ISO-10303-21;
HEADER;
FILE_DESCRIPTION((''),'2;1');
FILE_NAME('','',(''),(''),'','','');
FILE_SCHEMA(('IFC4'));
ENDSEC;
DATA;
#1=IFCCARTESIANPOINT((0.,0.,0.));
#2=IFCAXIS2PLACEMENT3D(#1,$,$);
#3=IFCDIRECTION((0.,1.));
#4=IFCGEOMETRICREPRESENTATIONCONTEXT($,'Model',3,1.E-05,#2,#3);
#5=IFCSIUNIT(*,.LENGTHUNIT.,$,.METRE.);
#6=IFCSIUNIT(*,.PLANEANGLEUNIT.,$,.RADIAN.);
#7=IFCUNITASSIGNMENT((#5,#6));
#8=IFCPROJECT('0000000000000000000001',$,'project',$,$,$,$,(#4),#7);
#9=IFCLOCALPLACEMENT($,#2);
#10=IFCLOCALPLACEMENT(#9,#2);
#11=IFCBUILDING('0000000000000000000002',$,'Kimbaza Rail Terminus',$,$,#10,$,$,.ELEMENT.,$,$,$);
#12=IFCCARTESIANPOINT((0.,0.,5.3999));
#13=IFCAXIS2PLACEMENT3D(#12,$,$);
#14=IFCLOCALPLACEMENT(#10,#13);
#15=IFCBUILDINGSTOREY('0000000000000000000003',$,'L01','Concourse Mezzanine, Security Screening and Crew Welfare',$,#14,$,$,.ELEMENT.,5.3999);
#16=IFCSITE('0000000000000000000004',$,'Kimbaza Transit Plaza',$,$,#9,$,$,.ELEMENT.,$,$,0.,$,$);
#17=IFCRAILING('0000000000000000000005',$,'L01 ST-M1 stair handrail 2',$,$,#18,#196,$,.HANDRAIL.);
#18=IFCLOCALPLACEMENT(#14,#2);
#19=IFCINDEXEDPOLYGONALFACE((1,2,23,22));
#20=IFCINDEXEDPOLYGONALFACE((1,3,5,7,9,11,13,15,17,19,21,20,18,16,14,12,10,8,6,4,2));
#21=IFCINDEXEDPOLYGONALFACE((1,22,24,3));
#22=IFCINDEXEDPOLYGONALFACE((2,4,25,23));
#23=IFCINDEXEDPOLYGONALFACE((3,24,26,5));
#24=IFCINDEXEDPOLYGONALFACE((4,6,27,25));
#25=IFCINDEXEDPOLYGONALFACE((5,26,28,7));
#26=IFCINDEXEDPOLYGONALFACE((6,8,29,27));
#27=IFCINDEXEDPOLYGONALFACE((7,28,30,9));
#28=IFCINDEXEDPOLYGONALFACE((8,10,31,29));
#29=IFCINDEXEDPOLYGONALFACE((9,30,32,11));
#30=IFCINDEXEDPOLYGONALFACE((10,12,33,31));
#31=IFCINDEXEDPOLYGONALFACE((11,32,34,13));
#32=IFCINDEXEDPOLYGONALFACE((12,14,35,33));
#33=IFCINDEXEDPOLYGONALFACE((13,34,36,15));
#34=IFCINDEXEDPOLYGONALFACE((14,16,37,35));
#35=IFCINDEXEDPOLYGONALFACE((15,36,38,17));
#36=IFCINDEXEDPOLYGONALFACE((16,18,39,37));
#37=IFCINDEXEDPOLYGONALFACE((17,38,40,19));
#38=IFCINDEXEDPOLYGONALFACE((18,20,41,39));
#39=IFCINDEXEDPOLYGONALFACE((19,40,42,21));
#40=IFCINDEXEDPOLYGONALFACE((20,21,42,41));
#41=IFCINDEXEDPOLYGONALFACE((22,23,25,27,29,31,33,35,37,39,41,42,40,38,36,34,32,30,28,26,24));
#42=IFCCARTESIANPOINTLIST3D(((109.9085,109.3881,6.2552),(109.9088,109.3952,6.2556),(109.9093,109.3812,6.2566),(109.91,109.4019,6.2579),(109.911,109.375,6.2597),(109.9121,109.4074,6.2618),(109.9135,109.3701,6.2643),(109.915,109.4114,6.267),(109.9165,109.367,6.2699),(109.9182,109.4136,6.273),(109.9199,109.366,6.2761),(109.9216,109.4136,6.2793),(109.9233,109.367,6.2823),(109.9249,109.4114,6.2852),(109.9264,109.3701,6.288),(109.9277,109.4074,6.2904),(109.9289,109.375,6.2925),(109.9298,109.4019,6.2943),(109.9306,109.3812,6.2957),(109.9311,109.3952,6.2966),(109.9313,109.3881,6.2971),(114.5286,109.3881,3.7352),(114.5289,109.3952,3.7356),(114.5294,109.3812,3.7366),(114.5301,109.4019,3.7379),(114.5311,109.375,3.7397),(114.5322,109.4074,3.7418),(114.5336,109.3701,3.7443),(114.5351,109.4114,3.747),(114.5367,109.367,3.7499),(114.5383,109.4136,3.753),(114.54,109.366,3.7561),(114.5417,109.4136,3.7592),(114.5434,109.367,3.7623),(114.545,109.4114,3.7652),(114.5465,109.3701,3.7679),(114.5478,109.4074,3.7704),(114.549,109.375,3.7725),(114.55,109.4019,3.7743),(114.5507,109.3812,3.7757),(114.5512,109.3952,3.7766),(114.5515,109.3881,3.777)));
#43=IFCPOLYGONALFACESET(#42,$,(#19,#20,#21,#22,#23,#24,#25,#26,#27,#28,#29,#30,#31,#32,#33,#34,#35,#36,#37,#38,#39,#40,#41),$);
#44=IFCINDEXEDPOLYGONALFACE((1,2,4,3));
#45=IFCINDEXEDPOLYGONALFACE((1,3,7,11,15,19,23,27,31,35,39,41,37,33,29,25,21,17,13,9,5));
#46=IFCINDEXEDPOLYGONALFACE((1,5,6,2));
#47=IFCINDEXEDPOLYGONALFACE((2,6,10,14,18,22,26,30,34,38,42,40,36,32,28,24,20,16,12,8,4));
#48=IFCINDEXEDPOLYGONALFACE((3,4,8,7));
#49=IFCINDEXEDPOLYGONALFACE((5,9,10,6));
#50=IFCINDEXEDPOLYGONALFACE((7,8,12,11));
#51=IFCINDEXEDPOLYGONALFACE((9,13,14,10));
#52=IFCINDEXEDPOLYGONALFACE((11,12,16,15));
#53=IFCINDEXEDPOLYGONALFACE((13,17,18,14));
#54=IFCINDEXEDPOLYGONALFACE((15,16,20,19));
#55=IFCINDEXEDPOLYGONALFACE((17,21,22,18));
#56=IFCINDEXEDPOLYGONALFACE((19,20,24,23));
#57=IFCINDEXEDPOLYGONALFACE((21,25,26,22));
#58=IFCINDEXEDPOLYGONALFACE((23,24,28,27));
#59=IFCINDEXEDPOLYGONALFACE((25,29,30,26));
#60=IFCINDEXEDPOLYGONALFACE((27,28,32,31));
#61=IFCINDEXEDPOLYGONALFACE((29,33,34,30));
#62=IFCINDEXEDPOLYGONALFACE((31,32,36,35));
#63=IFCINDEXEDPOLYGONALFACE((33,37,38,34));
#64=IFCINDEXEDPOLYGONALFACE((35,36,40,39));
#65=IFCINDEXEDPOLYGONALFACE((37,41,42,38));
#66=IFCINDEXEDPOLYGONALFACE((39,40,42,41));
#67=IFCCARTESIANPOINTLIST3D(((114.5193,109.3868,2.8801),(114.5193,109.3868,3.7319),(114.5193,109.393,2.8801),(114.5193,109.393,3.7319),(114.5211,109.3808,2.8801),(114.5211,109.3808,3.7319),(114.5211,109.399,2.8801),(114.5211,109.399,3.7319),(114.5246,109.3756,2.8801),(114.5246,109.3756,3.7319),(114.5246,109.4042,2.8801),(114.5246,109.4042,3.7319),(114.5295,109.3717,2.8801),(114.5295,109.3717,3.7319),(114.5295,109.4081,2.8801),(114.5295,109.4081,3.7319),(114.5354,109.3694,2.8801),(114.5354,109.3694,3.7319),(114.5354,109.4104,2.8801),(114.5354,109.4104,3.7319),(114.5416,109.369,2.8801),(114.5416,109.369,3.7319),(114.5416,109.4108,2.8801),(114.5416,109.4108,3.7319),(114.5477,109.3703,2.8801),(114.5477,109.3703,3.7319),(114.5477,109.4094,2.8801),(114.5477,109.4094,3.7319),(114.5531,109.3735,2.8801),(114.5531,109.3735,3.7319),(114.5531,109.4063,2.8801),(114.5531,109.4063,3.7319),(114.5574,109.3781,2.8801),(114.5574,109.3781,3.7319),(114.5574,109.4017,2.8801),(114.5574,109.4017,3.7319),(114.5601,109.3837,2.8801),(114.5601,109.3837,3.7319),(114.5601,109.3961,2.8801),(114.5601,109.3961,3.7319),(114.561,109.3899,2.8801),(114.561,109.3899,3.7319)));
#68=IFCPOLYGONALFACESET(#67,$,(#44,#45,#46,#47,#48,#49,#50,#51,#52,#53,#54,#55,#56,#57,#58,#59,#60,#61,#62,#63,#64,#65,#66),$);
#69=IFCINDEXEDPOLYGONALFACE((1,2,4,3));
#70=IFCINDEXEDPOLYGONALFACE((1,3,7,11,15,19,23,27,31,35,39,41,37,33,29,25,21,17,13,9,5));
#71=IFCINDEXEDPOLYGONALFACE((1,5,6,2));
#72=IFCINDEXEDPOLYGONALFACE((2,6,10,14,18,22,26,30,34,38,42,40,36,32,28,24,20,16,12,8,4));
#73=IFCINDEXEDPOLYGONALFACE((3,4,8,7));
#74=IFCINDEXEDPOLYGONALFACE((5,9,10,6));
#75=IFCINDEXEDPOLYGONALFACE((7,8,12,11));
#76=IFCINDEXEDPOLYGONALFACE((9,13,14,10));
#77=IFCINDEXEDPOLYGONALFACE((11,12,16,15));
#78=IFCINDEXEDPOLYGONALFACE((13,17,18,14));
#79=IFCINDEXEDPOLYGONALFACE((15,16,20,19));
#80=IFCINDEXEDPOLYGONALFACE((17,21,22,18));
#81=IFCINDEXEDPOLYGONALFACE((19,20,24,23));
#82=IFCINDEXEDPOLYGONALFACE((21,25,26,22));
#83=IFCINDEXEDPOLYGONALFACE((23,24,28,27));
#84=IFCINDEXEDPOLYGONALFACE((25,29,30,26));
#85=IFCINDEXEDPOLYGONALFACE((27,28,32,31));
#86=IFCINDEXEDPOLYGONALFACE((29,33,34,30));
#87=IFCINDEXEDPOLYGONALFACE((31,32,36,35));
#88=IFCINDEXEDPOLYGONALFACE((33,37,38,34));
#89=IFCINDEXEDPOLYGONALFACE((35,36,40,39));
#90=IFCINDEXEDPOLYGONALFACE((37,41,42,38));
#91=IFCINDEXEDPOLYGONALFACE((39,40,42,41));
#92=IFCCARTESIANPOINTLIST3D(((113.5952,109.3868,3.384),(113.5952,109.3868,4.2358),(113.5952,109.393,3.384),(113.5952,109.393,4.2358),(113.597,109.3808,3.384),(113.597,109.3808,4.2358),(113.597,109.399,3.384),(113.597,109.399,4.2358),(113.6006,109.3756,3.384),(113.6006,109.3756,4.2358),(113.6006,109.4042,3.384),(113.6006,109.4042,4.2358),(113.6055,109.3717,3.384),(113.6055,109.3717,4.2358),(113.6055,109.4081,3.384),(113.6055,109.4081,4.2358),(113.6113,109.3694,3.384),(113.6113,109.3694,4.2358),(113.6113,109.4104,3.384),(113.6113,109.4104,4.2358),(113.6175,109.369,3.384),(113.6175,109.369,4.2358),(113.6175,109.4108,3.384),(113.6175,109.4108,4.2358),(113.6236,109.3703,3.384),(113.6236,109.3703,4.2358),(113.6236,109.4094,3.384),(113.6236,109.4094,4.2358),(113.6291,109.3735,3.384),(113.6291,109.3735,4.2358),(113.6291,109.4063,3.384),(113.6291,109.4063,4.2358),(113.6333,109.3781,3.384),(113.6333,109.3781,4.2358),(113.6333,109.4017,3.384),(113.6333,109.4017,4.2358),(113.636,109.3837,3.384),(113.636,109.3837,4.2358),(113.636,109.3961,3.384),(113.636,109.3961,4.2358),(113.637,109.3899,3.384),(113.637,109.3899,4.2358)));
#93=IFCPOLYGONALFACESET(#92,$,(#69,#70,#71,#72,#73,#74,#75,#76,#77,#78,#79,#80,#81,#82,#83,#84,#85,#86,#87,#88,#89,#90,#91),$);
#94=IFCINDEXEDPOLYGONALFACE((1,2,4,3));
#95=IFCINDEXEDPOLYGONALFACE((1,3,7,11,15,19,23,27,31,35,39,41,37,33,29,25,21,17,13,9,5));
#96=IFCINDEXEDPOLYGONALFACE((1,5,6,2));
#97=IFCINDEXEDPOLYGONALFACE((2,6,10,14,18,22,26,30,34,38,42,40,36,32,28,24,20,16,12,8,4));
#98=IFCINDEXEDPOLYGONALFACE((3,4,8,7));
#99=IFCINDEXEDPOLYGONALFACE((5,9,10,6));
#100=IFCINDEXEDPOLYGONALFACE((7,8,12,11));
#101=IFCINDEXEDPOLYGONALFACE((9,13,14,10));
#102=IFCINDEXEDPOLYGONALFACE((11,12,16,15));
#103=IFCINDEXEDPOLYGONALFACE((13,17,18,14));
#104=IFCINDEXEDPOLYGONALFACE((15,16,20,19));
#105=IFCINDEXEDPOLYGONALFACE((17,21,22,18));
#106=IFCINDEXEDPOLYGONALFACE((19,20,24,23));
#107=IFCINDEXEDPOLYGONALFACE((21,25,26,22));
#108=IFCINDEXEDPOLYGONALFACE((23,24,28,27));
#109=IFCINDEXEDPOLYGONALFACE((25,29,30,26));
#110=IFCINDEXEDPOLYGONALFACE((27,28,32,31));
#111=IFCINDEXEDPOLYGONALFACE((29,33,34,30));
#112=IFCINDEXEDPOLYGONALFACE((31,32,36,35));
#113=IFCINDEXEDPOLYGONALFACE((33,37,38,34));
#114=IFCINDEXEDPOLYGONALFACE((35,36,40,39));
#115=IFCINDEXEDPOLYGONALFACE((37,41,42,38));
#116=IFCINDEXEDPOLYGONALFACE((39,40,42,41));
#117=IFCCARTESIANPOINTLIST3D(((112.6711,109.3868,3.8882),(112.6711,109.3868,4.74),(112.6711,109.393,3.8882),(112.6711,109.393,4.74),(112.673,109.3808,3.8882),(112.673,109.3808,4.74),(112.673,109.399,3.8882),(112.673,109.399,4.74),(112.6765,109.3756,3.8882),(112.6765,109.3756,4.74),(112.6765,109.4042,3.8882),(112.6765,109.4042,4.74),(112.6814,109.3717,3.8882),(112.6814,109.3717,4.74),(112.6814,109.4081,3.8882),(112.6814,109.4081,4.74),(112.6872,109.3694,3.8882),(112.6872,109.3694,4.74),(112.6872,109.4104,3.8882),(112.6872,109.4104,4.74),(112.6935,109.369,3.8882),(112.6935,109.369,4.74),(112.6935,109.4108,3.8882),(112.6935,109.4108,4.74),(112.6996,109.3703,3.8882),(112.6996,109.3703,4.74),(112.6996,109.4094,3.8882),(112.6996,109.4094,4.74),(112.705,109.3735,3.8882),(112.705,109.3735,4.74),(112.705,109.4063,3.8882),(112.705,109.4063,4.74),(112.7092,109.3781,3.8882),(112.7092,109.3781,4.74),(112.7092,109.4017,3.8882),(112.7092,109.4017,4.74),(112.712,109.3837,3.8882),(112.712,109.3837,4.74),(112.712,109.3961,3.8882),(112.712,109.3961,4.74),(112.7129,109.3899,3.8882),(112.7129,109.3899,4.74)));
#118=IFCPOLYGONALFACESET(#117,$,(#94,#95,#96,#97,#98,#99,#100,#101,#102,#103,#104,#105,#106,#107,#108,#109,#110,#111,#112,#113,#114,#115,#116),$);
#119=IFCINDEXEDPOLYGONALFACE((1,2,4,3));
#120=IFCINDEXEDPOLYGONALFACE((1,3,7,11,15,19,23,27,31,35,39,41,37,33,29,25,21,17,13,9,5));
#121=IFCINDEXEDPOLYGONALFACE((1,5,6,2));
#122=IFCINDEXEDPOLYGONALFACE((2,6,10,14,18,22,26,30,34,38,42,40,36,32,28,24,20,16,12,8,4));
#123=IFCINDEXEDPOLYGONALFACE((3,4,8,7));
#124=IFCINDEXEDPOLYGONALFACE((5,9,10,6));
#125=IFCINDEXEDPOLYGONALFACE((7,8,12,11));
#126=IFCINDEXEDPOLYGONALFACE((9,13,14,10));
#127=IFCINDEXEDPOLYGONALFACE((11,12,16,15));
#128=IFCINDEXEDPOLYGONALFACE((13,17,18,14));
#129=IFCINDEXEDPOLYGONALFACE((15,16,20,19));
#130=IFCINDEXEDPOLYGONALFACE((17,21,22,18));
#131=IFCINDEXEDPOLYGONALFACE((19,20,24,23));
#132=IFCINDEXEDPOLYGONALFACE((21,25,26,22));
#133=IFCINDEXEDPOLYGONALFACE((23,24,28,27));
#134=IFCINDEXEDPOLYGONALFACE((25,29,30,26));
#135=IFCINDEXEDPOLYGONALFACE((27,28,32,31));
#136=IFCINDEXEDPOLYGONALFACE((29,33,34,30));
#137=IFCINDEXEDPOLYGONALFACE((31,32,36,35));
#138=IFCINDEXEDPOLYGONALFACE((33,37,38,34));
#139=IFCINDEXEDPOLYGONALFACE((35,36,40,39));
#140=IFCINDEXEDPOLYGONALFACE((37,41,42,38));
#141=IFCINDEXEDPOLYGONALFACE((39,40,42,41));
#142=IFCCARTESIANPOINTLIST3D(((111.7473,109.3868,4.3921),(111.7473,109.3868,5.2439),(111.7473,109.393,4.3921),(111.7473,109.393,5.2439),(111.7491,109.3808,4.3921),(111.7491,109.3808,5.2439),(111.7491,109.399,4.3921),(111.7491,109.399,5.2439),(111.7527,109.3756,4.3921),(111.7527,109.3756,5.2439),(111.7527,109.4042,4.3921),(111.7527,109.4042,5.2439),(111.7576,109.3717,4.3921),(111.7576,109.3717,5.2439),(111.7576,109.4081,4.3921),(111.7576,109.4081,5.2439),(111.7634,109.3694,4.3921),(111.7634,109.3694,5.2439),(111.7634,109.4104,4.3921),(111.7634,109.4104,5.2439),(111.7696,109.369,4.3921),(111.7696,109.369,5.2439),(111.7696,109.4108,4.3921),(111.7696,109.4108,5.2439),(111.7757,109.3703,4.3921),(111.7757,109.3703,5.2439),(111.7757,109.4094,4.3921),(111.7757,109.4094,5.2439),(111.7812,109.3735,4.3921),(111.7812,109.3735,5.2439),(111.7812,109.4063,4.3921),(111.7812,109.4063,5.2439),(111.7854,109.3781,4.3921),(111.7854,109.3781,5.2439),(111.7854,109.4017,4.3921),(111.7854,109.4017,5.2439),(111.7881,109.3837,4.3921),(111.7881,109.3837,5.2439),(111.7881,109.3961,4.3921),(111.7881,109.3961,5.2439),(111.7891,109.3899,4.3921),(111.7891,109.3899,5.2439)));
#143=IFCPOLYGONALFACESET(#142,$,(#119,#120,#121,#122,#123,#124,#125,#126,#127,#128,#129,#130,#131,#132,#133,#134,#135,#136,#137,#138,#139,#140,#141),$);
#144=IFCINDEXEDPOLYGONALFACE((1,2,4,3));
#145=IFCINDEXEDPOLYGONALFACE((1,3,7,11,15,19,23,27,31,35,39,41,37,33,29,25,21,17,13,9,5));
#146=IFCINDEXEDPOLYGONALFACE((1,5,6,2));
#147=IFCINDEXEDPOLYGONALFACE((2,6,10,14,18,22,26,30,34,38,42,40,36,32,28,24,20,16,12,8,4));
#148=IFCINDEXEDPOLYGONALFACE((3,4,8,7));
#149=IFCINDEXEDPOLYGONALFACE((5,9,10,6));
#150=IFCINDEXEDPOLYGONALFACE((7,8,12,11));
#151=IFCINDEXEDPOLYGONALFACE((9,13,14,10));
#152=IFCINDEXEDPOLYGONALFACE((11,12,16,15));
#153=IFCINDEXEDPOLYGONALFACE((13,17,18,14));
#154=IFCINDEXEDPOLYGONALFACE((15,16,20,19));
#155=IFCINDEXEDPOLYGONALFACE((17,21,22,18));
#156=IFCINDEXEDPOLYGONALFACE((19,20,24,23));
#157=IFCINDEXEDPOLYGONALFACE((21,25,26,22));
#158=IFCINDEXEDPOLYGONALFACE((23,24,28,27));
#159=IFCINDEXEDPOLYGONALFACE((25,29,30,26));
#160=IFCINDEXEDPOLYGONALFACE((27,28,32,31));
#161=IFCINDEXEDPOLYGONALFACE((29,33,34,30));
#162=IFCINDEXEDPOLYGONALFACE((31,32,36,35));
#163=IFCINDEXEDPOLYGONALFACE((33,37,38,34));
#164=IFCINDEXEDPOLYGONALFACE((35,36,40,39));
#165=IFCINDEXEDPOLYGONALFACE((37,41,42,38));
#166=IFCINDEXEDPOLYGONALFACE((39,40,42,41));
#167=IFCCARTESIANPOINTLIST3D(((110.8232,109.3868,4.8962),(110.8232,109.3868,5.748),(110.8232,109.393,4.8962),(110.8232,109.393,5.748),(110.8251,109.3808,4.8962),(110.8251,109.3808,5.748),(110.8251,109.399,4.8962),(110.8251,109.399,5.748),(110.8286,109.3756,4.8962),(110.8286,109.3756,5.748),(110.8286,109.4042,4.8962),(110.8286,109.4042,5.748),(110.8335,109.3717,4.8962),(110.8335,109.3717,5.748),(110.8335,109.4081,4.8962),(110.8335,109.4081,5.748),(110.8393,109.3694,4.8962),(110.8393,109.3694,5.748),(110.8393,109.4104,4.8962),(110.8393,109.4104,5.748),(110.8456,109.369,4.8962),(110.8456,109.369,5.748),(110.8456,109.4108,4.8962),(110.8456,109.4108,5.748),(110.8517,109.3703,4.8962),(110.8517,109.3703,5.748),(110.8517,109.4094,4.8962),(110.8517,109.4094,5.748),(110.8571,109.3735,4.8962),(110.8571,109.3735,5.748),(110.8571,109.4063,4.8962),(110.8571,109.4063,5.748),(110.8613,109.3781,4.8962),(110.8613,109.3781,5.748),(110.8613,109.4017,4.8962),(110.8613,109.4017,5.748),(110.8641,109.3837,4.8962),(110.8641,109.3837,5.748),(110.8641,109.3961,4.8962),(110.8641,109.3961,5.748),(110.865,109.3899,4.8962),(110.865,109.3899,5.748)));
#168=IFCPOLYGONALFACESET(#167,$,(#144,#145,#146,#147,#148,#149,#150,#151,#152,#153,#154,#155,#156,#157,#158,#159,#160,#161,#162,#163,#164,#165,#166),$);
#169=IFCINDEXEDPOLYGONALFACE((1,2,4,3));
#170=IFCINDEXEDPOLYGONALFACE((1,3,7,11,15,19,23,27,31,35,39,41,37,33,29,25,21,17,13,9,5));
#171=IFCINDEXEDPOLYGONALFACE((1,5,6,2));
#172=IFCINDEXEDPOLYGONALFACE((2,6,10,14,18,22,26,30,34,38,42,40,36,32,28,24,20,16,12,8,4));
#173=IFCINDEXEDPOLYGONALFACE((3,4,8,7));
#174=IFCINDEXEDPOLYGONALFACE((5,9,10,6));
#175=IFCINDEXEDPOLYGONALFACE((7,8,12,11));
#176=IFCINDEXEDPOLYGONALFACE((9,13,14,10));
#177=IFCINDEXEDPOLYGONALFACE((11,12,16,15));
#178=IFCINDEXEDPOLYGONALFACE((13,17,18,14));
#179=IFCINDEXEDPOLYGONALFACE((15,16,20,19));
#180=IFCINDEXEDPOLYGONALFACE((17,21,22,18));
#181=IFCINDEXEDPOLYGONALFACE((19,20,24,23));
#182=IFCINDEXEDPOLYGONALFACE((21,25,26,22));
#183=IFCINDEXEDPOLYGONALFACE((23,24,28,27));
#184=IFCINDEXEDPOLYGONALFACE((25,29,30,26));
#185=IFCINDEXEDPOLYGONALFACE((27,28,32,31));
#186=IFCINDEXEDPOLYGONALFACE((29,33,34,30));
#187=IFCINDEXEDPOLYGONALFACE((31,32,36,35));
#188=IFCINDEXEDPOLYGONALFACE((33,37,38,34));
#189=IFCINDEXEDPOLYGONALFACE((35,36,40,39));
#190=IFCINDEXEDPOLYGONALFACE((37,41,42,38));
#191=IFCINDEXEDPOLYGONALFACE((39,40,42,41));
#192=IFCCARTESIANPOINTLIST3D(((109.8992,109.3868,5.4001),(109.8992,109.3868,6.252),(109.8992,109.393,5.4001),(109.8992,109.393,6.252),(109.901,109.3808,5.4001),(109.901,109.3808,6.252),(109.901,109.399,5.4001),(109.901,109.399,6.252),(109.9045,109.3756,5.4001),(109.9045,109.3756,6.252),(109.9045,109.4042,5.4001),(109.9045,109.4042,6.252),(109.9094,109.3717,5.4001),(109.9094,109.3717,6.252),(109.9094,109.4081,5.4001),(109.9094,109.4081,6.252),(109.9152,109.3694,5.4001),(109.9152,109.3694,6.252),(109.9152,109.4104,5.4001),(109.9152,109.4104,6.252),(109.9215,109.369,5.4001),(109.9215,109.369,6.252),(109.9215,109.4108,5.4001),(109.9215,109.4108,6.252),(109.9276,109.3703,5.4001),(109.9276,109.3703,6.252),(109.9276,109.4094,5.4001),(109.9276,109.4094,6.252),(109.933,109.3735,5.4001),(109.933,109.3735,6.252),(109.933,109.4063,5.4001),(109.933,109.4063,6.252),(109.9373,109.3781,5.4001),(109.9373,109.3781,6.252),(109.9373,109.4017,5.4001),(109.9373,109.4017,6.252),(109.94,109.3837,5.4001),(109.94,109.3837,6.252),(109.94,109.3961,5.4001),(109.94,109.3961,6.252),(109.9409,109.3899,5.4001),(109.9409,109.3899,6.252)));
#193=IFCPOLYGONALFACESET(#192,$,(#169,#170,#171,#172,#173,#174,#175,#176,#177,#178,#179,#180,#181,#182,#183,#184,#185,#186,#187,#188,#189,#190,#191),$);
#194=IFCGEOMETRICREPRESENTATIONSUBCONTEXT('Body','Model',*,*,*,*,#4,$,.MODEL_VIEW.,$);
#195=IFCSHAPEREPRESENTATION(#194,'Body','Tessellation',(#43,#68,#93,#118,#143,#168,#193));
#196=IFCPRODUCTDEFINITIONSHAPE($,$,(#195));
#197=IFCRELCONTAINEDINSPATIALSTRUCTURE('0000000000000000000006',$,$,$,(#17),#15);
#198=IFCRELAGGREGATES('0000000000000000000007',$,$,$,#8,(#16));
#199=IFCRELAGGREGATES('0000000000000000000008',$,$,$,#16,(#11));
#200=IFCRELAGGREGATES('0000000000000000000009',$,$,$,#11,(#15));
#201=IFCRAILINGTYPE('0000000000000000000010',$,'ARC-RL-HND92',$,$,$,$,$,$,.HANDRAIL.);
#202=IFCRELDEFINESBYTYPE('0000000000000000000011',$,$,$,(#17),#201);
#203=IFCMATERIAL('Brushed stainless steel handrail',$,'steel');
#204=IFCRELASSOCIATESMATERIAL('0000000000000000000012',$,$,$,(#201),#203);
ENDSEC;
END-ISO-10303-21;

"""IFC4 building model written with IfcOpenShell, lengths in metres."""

from ifc_helpers import new_model, si_unit, direction, frame, origin, origin_2d, place, context, subcontext, project, spatial, circle, extrude, material, type_object, element, save


model = new_model("IFC4")

# Units and contexts
model_context = context("Model", 3, precision=1e-05, world=origin(), true_north=direction((0.0, 1.0)))
body_context = subcontext(model_context, "Body", "Model", "MODEL_VIEW")
ifc_project = project(units=[si_unit("LENGTHUNIT", "METRE"), si_unit("PLANEANGLEUNIT", "RADIAN")], contexts=[model_context])

# Site, building, storey
site_placement = place(None, origin())
site = spatial("IfcSite", under=ifc_project, at=site_placement, Name="Kimbaza Transit Plaza", CompositionType="ELEMENT", RefElevation=0.0)
building_placement = place(site_placement, origin())
building = spatial("IfcBuilding", under=site, at=building_placement, Name="Kimbaza Rail Terminus", CompositionType="ELEMENT")
storey_placement = place(building_placement, frame((0.0, 0.0, 5.3999)))
storey = spatial("IfcBuildingStorey", under=building, at=storey_placement, Name="L01", Description="Concourse Mezzanine, Security Screening and Crew Welfare", CompositionType="ELEMENT", Elevation=5.3999)

# Railing
ifc_material_1 = material(Name="Brushed stainless steel handrail", Category="steel")
railing_type_1 = type_object("IfcRailingType", Name="ARC-RL-HND92", PredefinedType="HANDRAIL", material=ifc_material_1)
railing_1_placement = place(storey_placement, frame((114.54, 109.3899, 2.8801)))
element("IfcRailing", 1, at=railing_1_placement, inside=storey, type_object=railing_type_1, Name="L01 ST-M1 stair handrail 2", PredefinedType="HANDRAIL", context=body_context, shape_type="SweptSolid", body=[
    extrude(circle(Radius=0.0239, at=origin_2d()), frame((0.0, 0.0, 0.876), z_axis=(-0.877899, 0.0, 0.478846), x_axis=(0.0, -1.0, 0.0)), (0.0, 0.0, 1.0), 5.2627),
    extrude(circle(Radius=0.021, at=origin_2d()), origin(), (0.0, 0.0, 1.0), 0.8518),
    extrude(circle(Radius=0.021, at=origin_2d()), frame((-0.9241, 0.0, 0.5039)), (0.0, 0.0, 1.0), 0.8518),
    extrude(circle(Radius=0.021, at=origin_2d()), frame((-1.8481, 0.0, 1.0081)), (0.0, 0.0, 1.0), 0.8518),
    extrude(circle(Radius=0.021, at=origin_2d()), frame((-2.772, 0.0, 1.512)), (0.0, 0.0, 1.0), 0.8518),
    extrude(circle(Radius=0.021, at=origin_2d()), frame((-3.696, 0.0, 2.0161)), (0.0, 0.0, 1.0), 0.8518),
    extrude(circle(Radius=0.021, at=origin_2d()), frame((-4.6201, 0.0, 2.52)), (0.0, 0.0, 1.0), 0.8518),
])

save(model, "model.ifc")
